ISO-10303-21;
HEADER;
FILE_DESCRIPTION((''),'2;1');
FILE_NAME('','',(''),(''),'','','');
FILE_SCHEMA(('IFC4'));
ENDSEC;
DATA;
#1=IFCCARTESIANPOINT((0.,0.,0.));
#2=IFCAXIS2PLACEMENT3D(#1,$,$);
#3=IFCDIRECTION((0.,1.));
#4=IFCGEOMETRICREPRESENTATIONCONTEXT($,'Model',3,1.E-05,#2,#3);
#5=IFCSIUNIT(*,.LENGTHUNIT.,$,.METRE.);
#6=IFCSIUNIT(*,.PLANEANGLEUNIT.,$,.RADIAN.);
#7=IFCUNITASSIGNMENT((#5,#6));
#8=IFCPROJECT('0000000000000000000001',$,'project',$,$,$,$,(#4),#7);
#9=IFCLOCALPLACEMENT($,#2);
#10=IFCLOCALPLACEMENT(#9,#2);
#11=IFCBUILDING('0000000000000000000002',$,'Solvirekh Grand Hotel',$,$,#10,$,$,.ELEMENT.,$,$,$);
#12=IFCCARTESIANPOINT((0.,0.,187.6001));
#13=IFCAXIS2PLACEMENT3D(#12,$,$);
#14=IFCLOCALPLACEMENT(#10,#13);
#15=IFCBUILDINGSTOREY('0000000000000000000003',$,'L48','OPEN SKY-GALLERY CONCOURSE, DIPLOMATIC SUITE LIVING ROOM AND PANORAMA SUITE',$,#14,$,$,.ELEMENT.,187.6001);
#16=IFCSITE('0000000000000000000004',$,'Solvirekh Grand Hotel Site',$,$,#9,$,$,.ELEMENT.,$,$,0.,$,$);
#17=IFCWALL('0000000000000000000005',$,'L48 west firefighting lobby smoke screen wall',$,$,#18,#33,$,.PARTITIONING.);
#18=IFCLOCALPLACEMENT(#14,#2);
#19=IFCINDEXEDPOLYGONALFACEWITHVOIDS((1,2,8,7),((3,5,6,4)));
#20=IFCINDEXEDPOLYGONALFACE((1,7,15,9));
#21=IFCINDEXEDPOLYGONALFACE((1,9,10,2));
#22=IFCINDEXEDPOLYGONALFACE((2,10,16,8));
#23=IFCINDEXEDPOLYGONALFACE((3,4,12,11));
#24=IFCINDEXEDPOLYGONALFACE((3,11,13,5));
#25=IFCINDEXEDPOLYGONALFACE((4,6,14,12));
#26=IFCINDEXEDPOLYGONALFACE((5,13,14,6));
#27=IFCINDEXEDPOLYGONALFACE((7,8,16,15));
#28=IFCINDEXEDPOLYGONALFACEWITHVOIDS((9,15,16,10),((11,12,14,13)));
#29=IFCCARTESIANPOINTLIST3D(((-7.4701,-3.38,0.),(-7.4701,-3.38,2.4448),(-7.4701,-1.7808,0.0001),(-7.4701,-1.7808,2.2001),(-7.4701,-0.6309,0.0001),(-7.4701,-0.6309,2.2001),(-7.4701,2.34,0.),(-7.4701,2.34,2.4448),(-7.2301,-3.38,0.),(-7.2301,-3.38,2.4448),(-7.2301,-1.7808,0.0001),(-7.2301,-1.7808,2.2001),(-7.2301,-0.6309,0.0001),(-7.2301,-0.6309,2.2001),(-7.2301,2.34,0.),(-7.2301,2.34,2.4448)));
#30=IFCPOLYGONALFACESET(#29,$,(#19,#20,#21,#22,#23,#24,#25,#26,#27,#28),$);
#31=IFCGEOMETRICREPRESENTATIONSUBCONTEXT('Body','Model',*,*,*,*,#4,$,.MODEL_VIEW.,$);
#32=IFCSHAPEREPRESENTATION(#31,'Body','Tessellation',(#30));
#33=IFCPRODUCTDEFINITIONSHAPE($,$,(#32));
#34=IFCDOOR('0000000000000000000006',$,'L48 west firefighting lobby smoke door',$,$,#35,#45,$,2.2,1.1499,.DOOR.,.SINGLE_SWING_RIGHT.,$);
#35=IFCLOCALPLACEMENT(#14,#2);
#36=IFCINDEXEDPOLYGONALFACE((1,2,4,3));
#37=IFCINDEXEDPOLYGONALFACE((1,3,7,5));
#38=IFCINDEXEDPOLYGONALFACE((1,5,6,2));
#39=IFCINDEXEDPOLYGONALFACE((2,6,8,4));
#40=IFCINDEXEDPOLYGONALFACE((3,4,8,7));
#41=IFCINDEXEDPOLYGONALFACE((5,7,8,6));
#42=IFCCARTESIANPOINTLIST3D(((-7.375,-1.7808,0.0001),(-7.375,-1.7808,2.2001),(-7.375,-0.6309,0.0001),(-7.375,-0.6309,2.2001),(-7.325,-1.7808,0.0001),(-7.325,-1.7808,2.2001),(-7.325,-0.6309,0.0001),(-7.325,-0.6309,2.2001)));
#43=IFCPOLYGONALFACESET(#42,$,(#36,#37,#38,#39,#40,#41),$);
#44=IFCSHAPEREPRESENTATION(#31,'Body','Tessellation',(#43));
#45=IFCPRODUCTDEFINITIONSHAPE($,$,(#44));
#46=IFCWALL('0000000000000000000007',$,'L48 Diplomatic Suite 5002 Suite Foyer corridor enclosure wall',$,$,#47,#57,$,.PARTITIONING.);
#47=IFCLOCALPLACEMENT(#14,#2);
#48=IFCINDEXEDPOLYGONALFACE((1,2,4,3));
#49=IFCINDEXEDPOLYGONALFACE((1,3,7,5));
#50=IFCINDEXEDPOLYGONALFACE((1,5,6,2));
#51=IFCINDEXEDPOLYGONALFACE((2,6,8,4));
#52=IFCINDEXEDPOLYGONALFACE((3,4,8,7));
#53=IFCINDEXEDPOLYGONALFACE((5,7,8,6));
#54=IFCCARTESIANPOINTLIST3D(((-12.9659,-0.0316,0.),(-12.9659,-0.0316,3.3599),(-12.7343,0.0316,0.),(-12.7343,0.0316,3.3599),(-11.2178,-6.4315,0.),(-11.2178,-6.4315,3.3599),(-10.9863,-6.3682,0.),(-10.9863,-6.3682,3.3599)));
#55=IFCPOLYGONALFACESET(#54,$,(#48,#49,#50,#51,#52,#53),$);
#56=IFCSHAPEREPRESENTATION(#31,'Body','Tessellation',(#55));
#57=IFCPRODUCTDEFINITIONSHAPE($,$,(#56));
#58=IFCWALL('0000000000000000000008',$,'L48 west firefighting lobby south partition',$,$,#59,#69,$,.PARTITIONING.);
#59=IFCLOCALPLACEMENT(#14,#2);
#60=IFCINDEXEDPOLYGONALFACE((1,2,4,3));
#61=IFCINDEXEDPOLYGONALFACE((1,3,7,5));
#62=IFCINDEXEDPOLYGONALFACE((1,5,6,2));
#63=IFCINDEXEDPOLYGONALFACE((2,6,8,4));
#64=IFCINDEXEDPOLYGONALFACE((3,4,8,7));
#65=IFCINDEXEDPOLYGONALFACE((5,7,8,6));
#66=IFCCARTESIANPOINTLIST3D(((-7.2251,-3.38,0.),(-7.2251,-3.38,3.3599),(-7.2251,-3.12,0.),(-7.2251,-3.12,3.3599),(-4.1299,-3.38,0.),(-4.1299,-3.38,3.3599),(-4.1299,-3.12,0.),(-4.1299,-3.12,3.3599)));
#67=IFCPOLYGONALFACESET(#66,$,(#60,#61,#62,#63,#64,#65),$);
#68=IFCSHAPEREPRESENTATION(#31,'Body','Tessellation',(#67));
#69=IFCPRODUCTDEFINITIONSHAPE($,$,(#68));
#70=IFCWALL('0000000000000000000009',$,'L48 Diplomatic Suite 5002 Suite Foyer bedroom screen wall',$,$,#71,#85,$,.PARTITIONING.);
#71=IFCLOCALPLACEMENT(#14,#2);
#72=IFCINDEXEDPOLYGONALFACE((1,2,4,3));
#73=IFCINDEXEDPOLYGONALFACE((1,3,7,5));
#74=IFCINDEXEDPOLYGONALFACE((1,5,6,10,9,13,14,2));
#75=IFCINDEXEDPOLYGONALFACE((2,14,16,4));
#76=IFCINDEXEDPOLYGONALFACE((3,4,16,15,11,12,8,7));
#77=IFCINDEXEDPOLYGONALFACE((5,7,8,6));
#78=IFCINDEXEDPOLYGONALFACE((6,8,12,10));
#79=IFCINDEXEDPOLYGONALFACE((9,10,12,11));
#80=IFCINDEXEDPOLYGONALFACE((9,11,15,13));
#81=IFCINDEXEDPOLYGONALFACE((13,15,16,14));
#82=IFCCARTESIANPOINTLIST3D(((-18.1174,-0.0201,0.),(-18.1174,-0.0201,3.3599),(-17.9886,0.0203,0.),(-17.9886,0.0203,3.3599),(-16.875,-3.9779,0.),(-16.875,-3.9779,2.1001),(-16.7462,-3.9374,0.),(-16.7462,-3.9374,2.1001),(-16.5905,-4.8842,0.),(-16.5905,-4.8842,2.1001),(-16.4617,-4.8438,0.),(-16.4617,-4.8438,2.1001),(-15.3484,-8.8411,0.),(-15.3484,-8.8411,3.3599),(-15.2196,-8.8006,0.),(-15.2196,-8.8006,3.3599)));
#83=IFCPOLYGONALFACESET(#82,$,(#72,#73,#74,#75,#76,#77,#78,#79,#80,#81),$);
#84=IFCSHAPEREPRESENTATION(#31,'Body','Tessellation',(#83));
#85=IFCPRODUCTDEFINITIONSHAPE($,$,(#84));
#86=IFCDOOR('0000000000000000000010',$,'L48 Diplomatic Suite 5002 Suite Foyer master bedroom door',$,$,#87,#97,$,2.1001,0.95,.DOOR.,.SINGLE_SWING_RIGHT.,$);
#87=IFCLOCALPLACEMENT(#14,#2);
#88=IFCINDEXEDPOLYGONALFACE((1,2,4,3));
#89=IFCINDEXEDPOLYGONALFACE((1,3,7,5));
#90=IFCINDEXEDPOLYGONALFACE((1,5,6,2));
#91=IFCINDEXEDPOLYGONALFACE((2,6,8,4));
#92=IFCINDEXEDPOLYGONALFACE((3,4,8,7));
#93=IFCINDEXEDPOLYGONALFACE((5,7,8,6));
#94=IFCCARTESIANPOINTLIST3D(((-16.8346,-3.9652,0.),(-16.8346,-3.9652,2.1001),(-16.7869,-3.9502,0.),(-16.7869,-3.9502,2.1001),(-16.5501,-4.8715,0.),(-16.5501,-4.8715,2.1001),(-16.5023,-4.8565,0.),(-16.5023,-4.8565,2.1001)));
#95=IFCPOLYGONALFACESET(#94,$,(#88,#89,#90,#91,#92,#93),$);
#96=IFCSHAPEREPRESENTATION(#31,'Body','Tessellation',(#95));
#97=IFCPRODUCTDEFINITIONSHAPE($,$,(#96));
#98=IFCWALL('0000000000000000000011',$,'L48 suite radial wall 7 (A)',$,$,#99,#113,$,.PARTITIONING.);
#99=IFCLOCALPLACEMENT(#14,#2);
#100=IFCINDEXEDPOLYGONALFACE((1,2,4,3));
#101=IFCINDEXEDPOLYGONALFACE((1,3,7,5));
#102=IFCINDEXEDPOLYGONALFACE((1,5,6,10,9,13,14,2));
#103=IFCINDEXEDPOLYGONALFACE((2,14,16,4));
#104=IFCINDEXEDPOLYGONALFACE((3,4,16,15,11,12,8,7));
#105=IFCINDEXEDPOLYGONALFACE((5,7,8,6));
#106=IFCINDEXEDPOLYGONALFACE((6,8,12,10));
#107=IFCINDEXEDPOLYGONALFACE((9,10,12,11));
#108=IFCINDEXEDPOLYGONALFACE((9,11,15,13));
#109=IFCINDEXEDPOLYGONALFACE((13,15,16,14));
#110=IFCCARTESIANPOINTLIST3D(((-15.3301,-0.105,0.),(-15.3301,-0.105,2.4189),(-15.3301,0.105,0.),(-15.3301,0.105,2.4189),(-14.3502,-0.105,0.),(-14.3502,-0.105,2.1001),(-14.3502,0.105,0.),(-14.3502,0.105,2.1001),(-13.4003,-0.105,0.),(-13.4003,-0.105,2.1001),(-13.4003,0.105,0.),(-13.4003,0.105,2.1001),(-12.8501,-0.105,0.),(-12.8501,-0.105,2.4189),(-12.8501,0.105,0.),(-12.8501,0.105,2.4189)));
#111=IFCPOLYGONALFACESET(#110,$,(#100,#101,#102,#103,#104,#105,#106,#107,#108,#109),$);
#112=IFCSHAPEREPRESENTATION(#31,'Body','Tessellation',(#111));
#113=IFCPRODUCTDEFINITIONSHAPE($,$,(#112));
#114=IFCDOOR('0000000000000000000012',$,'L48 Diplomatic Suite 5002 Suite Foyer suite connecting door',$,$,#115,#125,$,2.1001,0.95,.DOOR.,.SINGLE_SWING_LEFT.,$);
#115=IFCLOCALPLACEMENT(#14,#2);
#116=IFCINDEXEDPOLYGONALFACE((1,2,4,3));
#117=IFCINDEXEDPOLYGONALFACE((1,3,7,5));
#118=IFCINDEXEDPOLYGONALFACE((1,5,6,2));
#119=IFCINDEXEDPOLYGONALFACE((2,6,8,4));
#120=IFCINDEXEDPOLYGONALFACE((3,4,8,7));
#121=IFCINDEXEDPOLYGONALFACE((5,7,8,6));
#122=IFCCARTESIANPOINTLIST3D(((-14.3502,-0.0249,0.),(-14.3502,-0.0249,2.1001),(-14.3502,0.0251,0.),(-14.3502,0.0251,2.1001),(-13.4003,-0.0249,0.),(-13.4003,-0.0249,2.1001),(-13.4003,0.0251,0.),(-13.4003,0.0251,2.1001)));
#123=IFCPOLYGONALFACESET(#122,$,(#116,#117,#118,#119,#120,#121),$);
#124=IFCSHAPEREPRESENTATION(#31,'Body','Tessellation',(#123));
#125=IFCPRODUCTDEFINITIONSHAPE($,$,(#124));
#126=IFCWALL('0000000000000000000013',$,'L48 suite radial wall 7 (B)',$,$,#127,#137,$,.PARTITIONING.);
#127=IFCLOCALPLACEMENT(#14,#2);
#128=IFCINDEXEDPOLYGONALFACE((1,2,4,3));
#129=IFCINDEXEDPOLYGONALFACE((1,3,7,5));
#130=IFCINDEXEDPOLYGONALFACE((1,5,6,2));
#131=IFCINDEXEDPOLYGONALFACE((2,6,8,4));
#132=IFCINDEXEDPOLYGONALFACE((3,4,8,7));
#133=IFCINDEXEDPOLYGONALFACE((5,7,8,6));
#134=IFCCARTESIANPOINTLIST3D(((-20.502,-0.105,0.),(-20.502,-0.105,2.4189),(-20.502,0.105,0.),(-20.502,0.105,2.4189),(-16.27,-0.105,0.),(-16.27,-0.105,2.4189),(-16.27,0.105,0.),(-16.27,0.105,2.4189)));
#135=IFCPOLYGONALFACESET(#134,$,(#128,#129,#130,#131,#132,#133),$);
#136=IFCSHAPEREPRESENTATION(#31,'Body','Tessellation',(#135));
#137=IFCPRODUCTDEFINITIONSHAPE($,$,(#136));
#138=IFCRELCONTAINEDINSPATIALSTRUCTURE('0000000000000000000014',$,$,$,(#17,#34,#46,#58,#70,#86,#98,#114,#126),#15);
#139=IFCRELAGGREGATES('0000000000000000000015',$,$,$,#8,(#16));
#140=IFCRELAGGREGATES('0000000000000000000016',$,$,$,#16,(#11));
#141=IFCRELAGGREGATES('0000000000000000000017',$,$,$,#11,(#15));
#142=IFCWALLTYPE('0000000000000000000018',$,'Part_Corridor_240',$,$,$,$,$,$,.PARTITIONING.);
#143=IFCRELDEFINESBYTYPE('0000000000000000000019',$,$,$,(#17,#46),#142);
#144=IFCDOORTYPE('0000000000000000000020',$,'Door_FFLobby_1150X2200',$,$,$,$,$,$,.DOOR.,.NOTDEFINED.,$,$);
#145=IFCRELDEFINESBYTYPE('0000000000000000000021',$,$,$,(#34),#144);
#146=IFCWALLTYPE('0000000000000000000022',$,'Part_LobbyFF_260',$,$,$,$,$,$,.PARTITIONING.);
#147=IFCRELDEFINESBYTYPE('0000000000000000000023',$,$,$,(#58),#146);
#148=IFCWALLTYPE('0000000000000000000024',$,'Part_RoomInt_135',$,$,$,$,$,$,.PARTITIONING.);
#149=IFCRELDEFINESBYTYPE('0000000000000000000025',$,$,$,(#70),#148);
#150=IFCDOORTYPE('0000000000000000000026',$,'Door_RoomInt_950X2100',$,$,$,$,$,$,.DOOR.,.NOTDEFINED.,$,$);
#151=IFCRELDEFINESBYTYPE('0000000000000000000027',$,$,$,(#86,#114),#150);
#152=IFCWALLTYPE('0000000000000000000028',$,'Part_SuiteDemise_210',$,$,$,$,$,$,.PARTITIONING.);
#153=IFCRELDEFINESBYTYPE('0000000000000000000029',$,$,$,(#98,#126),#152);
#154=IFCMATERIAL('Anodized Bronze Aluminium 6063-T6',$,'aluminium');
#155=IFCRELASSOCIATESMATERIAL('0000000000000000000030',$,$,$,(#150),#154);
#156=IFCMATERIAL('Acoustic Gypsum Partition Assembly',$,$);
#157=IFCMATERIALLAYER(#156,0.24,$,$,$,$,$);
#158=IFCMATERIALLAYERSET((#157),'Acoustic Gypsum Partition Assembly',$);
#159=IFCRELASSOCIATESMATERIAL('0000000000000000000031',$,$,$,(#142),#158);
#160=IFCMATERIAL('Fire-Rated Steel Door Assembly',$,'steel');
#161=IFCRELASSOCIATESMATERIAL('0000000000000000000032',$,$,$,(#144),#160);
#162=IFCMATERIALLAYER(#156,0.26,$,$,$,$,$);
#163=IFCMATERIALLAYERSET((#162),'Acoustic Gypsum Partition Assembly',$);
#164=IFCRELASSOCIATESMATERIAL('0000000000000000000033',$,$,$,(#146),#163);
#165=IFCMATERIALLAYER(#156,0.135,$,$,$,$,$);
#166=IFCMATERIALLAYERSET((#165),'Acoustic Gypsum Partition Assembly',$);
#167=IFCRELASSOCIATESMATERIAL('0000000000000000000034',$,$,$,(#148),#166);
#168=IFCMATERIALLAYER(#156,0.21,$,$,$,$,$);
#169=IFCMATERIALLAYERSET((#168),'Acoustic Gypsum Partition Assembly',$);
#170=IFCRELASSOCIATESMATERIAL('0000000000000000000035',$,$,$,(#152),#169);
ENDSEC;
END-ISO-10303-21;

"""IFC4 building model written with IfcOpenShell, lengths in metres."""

from ifc_helpers import new_model, si_unit, direction, frame, frame_2d, origin, place, context, subcontext, project, spatial, rectangle, extrude, material, layer, layer_set, type_object, element, fill, save


model = new_model("IFC4")

# Units and contexts
model_context = context("Model", 3, precision=1e-05, world=origin(), true_north=direction((0.0, 1.0)))
body_context = subcontext(model_context, "Body", "Model", "MODEL_VIEW")
ifc_project = project(units=[si_unit("LENGTHUNIT", "METRE"), si_unit("PLANEANGLEUNIT", "RADIAN")], contexts=[model_context])

# Site, building, storey
site_placement = place(None, origin())
site = spatial("IfcSite", under=ifc_project, at=site_placement, Name="Solvirekh Grand Hotel Site", CompositionType="ELEMENT", RefElevation=0.0)
building_placement = place(site_placement, origin())
building = spatial("IfcBuilding", under=site, at=building_placement, Name="Solvirekh Grand Hotel", CompositionType="ELEMENT")
storey_placement = place(building_placement, frame((0.0, 0.0, 187.6001)))
storey = spatial("IfcBuildingStorey", under=building, at=storey_placement, Name="L48", Description="OPEN SKY-GALLERY CONCOURSE, DIPLOMATIC SUITE LIVING ROOM AND PANORAMA SUITE", CompositionType="ELEMENT", Elevation=187.6001)

# Shared definitions
ifc_material_1 = material(Name="Acoustic Gypsum Partition Assembly")

# Wall, opening, door
ifc_material_2 = material(Name="Anodized Bronze Aluminium 6063-T6", Category="aluminium")
door_type_1 = type_object("IfcDoorType", Name="Door_RoomInt_950X2100", OperationType="NOTDEFINED", PredefinedType="DOOR", material=ifc_material_2)
ifc_layer_1 = layer(ifc_material_1, 0.24)
ifc_layer_set_1 = layer_set([ifc_layer_1], Name="Acoustic Gypsum Partition Assembly")
wall_type_1 = type_object("IfcWallType", Name="Part_Corridor_240", PredefinedType="PARTITIONING", material=ifc_layer_set_1)
wall_1_placement = place(storey_placement, frame((-7.3501, -3.3799, 0.0), z_axis=(0.0, 0.0, 1.0), x_axis=(0.0, 1.0, 0.0)))
wall_1 = element("IfcWall", 1, at=wall_1_placement, inside=storey, type_object=wall_type_1, Name="L48 west firefighting lobby smoke screen wall", PredefinedType="PARTITIONING", context=body_context, shape_type="SweptSolid", body=[
    extrude(rectangle(XDim=5.72, YDim=0.24, at=frame_2d((2.8599, 0.0))), origin(), (0.0, 0.0, 1.0), 2.4448),
])
opening_1_placement = place(wall_1_placement, frame((1.5991, 0.0, 0.0)))
opening_1 = element("IfcOpeningElement", 2, at=opening_1_placement, cuts=wall_1, PredefinedType="OPENING", context=body_context, shape_type="SweptSolid", body=[
    extrude(rectangle(XDim=1.1499, YDim=2.2, at=frame_2d((0.575, 1.1001))), frame((0.0, 0.1299, 0.0), z_axis=(0.0, -1.0, 0.0), x_axis=(1.0, 0.0, 0.0)), (0.0, 0.0, 1.0), 0.26),
])
ifc_material_3 = material(Name="Fire-Rated Steel Door Assembly", Category="steel")
door_type_2 = type_object("IfcDoorType", Name="Door_FFLobby_1150X2200", OperationType="NOTDEFINED", PredefinedType="DOOR", material=ifc_material_3)
door_1_placement = place(opening_1_placement, origin())
door_1 = element("IfcDoor", 3, at=door_1_placement, inside=storey, type_object=door_type_2, Name="L48 west firefighting lobby smoke door", OperationType="SINGLE_SWING_RIGHT", OverallHeight=2.2, OverallWidth=1.1499, PredefinedType="DOOR", context=body_context, shape_type="SweptSolid", body=[
    extrude(rectangle(XDim=1.1499, YDim=2.2, at=frame_2d((0.575, 1.1001))), frame((0.0, 0.0249, 0.0), z_axis=(0.0, -1.0, 0.0), x_axis=(1.0, 0.0, 0.0)), (0.0, 0.0, 1.0), 0.05),
])
fill(opening_1, door_1)

# Walls
wall_2_placement = place(storey_placement, frame((-12.8501, 0.0, 0.0), z_axis=(0.0, 0.0, 1.0), x_axis=(0.263485, -0.964664, 0.0)))
element("IfcWall", 4, at=wall_2_placement, inside=storey, type_object=wall_type_1, Name="L48 Diplomatic Suite 5002 Suite Foyer corridor enclosure wall", PredefinedType="PARTITIONING", context=body_context, shape_type="SweptSolid", body=[
    extrude(rectangle(XDim=6.6343, YDim=0.24, at=frame_2d((3.3171, 0.0))), origin(), (0.0, 0.0, 1.0), 3.3599),
])
ifc_layer_2 = layer(ifc_material_1, 0.26)
ifc_layer_set_2 = layer_set([ifc_layer_2], Name="Acoustic Gypsum Partition Assembly")
wall_type_2 = type_object("IfcWallType", Name="Part_LobbyFF_260", PredefinedType="PARTITIONING", material=ifc_layer_set_2)
wall_3_placement = place(storey_placement, frame((-7.2251, -3.25, 0.0), z_axis=(0.0, 0.0, 1.0), x_axis=(1.0, 0.0, 0.0)))
element("IfcWall", 5, at=wall_3_placement, inside=storey, type_object=wall_type_2, Name="L48 west firefighting lobby south partition", PredefinedType="PARTITIONING", context=body_context, shape_type="SweptSolid", body=[
    extrude(rectangle(XDim=3.0952, YDim=0.26, at=frame_2d((1.5476, 0.0))), origin(), (0.0, 0.0, 1.0), 3.3599),
])

# Walls, openings, doors
ifc_layer_3 = layer(ifc_material_1, 0.135)
ifc_layer_set_3 = layer_set([ifc_layer_3], Name="Acoustic Gypsum Partition Assembly")
wall_type_3 = type_object("IfcWallType", Name="Part_RoomInt_135", PredefinedType="PARTITIONING", material=ifc_layer_set_3)
wall_4_placement = place(storey_placement, frame((-18.053, 0.0, 0.0), z_axis=(0.0, 0.0, 1.0), x_axis=(0.299503, -0.954095, 0.0)))
wall_4 = element("IfcWall", 6, at=wall_4_placement, inside=storey, type_object=wall_type_3, Name="L48 Diplomatic Suite 5002 Suite Foyer bedroom screen wall", PredefinedType="PARTITIONING", context=body_context, shape_type="SweptSolid", body=[
    extrude(rectangle(XDim=9.2454, YDim=0.135, at=frame_2d((4.6226, 0.0))), origin(), (0.0, 0.0, 1.0), 3.3599),
])
opening_2_placement = place(wall_4_placement, frame((4.1479, 0.0, 0.0)))
opening_2 = element("IfcOpeningElement", 7, at=opening_2_placement, cuts=wall_4, PredefinedType="OPENING", context=body_context, shape_type="SweptSolid", body=[
    extrude(rectangle(XDim=0.95, YDim=2.1001, at=frame_2d((0.4751, 1.05))), frame((0.0, 0.0776, 0.0), z_axis=(0.0, -1.0, 0.0), x_axis=(1.0, 0.0, 0.0)), (0.0, 0.0, 1.0), 0.155),
])
door_2_placement = place(opening_2_placement, origin())
door_2 = element("IfcDoor", 8, at=door_2_placement, inside=storey, type_object=door_type_1, Name="L48 Diplomatic Suite 5002 Suite Foyer master bedroom door", OperationType="SINGLE_SWING_RIGHT", OverallHeight=2.1001, OverallWidth=0.95, PredefinedType="DOOR", context=body_context, shape_type="SweptSolid", body=[
    extrude(rectangle(XDim=0.95, YDim=2.1001, at=frame_2d((0.4751, 1.05))), frame((0.0, 0.0249, 0.0), z_axis=(0.0, -1.0, 0.0), x_axis=(1.0, 0.0, 0.0)), (0.0, 0.0, 1.0), 0.05),
])
fill(opening_2, door_2)
ifc_layer_4 = layer(ifc_material_1, 0.21)
ifc_layer_set_4 = layer_set([ifc_layer_4], Name="Acoustic Gypsum Partition Assembly")
wall_type_4 = type_object("IfcWallType", Name="Part_SuiteDemise_210", PredefinedType="PARTITIONING", material=ifc_layer_set_4)
wall_5_placement = place(storey_placement, frame((-12.8501, 0.0, 0.0), z_axis=(0.0, 0.0, 1.0), x_axis=(-1.0, 0.0, 0.0)))
wall_5 = element("IfcWall", 9, at=wall_5_placement, inside=storey, type_object=wall_type_4, Name="L48 suite radial wall 7 (A)", PredefinedType="PARTITIONING", context=body_context, shape_type="SweptSolid", body=[
    extrude(rectangle(XDim=2.48, YDim=0.21, at=frame_2d((1.24, 0.0))), origin(), (0.0, 0.0, 1.0), 2.4189),
])
opening_3_placement = place(wall_5_placement, frame((0.55, 0.0, 0.0)))
opening_3 = element("IfcOpeningElement", 10, at=opening_3_placement, cuts=wall_5, PredefinedType="OPENING", context=body_context, shape_type="SweptSolid", body=[
    extrude(rectangle(XDim=0.95, YDim=2.1001, at=frame_2d((0.4751, 1.05))), frame((0.0, 0.115, 0.0), z_axis=(0.0, -1.0, 0.0), x_axis=(1.0, 0.0, 0.0)), (0.0, 0.0, 1.0), 0.23),
])
door_3_placement = place(opening_3_placement, origin())
door_3 = element("IfcDoor", 11, at=door_3_placement, inside=storey, type_object=door_type_1, Name="L48 Diplomatic Suite 5002 Suite Foyer suite connecting door", OperationType="SINGLE_SWING_LEFT", OverallHeight=2.1001, OverallWidth=0.95, PredefinedType="DOOR", context=body_context, shape_type="SweptSolid", body=[
    extrude(rectangle(XDim=0.95, YDim=2.1001, at=frame_2d((0.4751, 1.05))), frame((0.0, 0.0249, 0.0), z_axis=(0.0, -1.0, 0.0), x_axis=(1.0, 0.0, 0.0)), (0.0, 0.0, 1.0), 0.05),
])
fill(opening_3, door_3)

# Wall
wall_6_placement = place(storey_placement, frame((-16.27, 0.0, 0.0), z_axis=(0.0, 0.0, 1.0), x_axis=(-1.0, 0.0, 0.0)))
element("IfcWall", 12, at=wall_6_placement, inside=storey, type_object=wall_type_4, Name="L48 suite radial wall 7 (B)", PredefinedType="PARTITIONING", context=body_context, shape_type="SweptSolid", body=[
    extrude(rectangle(XDim=4.2319, YDim=0.21, at=frame_2d((2.116, 0.0))), origin(), (0.0, 0.0, 1.0), 2.4189),
])

save(model, "model.ifc")
